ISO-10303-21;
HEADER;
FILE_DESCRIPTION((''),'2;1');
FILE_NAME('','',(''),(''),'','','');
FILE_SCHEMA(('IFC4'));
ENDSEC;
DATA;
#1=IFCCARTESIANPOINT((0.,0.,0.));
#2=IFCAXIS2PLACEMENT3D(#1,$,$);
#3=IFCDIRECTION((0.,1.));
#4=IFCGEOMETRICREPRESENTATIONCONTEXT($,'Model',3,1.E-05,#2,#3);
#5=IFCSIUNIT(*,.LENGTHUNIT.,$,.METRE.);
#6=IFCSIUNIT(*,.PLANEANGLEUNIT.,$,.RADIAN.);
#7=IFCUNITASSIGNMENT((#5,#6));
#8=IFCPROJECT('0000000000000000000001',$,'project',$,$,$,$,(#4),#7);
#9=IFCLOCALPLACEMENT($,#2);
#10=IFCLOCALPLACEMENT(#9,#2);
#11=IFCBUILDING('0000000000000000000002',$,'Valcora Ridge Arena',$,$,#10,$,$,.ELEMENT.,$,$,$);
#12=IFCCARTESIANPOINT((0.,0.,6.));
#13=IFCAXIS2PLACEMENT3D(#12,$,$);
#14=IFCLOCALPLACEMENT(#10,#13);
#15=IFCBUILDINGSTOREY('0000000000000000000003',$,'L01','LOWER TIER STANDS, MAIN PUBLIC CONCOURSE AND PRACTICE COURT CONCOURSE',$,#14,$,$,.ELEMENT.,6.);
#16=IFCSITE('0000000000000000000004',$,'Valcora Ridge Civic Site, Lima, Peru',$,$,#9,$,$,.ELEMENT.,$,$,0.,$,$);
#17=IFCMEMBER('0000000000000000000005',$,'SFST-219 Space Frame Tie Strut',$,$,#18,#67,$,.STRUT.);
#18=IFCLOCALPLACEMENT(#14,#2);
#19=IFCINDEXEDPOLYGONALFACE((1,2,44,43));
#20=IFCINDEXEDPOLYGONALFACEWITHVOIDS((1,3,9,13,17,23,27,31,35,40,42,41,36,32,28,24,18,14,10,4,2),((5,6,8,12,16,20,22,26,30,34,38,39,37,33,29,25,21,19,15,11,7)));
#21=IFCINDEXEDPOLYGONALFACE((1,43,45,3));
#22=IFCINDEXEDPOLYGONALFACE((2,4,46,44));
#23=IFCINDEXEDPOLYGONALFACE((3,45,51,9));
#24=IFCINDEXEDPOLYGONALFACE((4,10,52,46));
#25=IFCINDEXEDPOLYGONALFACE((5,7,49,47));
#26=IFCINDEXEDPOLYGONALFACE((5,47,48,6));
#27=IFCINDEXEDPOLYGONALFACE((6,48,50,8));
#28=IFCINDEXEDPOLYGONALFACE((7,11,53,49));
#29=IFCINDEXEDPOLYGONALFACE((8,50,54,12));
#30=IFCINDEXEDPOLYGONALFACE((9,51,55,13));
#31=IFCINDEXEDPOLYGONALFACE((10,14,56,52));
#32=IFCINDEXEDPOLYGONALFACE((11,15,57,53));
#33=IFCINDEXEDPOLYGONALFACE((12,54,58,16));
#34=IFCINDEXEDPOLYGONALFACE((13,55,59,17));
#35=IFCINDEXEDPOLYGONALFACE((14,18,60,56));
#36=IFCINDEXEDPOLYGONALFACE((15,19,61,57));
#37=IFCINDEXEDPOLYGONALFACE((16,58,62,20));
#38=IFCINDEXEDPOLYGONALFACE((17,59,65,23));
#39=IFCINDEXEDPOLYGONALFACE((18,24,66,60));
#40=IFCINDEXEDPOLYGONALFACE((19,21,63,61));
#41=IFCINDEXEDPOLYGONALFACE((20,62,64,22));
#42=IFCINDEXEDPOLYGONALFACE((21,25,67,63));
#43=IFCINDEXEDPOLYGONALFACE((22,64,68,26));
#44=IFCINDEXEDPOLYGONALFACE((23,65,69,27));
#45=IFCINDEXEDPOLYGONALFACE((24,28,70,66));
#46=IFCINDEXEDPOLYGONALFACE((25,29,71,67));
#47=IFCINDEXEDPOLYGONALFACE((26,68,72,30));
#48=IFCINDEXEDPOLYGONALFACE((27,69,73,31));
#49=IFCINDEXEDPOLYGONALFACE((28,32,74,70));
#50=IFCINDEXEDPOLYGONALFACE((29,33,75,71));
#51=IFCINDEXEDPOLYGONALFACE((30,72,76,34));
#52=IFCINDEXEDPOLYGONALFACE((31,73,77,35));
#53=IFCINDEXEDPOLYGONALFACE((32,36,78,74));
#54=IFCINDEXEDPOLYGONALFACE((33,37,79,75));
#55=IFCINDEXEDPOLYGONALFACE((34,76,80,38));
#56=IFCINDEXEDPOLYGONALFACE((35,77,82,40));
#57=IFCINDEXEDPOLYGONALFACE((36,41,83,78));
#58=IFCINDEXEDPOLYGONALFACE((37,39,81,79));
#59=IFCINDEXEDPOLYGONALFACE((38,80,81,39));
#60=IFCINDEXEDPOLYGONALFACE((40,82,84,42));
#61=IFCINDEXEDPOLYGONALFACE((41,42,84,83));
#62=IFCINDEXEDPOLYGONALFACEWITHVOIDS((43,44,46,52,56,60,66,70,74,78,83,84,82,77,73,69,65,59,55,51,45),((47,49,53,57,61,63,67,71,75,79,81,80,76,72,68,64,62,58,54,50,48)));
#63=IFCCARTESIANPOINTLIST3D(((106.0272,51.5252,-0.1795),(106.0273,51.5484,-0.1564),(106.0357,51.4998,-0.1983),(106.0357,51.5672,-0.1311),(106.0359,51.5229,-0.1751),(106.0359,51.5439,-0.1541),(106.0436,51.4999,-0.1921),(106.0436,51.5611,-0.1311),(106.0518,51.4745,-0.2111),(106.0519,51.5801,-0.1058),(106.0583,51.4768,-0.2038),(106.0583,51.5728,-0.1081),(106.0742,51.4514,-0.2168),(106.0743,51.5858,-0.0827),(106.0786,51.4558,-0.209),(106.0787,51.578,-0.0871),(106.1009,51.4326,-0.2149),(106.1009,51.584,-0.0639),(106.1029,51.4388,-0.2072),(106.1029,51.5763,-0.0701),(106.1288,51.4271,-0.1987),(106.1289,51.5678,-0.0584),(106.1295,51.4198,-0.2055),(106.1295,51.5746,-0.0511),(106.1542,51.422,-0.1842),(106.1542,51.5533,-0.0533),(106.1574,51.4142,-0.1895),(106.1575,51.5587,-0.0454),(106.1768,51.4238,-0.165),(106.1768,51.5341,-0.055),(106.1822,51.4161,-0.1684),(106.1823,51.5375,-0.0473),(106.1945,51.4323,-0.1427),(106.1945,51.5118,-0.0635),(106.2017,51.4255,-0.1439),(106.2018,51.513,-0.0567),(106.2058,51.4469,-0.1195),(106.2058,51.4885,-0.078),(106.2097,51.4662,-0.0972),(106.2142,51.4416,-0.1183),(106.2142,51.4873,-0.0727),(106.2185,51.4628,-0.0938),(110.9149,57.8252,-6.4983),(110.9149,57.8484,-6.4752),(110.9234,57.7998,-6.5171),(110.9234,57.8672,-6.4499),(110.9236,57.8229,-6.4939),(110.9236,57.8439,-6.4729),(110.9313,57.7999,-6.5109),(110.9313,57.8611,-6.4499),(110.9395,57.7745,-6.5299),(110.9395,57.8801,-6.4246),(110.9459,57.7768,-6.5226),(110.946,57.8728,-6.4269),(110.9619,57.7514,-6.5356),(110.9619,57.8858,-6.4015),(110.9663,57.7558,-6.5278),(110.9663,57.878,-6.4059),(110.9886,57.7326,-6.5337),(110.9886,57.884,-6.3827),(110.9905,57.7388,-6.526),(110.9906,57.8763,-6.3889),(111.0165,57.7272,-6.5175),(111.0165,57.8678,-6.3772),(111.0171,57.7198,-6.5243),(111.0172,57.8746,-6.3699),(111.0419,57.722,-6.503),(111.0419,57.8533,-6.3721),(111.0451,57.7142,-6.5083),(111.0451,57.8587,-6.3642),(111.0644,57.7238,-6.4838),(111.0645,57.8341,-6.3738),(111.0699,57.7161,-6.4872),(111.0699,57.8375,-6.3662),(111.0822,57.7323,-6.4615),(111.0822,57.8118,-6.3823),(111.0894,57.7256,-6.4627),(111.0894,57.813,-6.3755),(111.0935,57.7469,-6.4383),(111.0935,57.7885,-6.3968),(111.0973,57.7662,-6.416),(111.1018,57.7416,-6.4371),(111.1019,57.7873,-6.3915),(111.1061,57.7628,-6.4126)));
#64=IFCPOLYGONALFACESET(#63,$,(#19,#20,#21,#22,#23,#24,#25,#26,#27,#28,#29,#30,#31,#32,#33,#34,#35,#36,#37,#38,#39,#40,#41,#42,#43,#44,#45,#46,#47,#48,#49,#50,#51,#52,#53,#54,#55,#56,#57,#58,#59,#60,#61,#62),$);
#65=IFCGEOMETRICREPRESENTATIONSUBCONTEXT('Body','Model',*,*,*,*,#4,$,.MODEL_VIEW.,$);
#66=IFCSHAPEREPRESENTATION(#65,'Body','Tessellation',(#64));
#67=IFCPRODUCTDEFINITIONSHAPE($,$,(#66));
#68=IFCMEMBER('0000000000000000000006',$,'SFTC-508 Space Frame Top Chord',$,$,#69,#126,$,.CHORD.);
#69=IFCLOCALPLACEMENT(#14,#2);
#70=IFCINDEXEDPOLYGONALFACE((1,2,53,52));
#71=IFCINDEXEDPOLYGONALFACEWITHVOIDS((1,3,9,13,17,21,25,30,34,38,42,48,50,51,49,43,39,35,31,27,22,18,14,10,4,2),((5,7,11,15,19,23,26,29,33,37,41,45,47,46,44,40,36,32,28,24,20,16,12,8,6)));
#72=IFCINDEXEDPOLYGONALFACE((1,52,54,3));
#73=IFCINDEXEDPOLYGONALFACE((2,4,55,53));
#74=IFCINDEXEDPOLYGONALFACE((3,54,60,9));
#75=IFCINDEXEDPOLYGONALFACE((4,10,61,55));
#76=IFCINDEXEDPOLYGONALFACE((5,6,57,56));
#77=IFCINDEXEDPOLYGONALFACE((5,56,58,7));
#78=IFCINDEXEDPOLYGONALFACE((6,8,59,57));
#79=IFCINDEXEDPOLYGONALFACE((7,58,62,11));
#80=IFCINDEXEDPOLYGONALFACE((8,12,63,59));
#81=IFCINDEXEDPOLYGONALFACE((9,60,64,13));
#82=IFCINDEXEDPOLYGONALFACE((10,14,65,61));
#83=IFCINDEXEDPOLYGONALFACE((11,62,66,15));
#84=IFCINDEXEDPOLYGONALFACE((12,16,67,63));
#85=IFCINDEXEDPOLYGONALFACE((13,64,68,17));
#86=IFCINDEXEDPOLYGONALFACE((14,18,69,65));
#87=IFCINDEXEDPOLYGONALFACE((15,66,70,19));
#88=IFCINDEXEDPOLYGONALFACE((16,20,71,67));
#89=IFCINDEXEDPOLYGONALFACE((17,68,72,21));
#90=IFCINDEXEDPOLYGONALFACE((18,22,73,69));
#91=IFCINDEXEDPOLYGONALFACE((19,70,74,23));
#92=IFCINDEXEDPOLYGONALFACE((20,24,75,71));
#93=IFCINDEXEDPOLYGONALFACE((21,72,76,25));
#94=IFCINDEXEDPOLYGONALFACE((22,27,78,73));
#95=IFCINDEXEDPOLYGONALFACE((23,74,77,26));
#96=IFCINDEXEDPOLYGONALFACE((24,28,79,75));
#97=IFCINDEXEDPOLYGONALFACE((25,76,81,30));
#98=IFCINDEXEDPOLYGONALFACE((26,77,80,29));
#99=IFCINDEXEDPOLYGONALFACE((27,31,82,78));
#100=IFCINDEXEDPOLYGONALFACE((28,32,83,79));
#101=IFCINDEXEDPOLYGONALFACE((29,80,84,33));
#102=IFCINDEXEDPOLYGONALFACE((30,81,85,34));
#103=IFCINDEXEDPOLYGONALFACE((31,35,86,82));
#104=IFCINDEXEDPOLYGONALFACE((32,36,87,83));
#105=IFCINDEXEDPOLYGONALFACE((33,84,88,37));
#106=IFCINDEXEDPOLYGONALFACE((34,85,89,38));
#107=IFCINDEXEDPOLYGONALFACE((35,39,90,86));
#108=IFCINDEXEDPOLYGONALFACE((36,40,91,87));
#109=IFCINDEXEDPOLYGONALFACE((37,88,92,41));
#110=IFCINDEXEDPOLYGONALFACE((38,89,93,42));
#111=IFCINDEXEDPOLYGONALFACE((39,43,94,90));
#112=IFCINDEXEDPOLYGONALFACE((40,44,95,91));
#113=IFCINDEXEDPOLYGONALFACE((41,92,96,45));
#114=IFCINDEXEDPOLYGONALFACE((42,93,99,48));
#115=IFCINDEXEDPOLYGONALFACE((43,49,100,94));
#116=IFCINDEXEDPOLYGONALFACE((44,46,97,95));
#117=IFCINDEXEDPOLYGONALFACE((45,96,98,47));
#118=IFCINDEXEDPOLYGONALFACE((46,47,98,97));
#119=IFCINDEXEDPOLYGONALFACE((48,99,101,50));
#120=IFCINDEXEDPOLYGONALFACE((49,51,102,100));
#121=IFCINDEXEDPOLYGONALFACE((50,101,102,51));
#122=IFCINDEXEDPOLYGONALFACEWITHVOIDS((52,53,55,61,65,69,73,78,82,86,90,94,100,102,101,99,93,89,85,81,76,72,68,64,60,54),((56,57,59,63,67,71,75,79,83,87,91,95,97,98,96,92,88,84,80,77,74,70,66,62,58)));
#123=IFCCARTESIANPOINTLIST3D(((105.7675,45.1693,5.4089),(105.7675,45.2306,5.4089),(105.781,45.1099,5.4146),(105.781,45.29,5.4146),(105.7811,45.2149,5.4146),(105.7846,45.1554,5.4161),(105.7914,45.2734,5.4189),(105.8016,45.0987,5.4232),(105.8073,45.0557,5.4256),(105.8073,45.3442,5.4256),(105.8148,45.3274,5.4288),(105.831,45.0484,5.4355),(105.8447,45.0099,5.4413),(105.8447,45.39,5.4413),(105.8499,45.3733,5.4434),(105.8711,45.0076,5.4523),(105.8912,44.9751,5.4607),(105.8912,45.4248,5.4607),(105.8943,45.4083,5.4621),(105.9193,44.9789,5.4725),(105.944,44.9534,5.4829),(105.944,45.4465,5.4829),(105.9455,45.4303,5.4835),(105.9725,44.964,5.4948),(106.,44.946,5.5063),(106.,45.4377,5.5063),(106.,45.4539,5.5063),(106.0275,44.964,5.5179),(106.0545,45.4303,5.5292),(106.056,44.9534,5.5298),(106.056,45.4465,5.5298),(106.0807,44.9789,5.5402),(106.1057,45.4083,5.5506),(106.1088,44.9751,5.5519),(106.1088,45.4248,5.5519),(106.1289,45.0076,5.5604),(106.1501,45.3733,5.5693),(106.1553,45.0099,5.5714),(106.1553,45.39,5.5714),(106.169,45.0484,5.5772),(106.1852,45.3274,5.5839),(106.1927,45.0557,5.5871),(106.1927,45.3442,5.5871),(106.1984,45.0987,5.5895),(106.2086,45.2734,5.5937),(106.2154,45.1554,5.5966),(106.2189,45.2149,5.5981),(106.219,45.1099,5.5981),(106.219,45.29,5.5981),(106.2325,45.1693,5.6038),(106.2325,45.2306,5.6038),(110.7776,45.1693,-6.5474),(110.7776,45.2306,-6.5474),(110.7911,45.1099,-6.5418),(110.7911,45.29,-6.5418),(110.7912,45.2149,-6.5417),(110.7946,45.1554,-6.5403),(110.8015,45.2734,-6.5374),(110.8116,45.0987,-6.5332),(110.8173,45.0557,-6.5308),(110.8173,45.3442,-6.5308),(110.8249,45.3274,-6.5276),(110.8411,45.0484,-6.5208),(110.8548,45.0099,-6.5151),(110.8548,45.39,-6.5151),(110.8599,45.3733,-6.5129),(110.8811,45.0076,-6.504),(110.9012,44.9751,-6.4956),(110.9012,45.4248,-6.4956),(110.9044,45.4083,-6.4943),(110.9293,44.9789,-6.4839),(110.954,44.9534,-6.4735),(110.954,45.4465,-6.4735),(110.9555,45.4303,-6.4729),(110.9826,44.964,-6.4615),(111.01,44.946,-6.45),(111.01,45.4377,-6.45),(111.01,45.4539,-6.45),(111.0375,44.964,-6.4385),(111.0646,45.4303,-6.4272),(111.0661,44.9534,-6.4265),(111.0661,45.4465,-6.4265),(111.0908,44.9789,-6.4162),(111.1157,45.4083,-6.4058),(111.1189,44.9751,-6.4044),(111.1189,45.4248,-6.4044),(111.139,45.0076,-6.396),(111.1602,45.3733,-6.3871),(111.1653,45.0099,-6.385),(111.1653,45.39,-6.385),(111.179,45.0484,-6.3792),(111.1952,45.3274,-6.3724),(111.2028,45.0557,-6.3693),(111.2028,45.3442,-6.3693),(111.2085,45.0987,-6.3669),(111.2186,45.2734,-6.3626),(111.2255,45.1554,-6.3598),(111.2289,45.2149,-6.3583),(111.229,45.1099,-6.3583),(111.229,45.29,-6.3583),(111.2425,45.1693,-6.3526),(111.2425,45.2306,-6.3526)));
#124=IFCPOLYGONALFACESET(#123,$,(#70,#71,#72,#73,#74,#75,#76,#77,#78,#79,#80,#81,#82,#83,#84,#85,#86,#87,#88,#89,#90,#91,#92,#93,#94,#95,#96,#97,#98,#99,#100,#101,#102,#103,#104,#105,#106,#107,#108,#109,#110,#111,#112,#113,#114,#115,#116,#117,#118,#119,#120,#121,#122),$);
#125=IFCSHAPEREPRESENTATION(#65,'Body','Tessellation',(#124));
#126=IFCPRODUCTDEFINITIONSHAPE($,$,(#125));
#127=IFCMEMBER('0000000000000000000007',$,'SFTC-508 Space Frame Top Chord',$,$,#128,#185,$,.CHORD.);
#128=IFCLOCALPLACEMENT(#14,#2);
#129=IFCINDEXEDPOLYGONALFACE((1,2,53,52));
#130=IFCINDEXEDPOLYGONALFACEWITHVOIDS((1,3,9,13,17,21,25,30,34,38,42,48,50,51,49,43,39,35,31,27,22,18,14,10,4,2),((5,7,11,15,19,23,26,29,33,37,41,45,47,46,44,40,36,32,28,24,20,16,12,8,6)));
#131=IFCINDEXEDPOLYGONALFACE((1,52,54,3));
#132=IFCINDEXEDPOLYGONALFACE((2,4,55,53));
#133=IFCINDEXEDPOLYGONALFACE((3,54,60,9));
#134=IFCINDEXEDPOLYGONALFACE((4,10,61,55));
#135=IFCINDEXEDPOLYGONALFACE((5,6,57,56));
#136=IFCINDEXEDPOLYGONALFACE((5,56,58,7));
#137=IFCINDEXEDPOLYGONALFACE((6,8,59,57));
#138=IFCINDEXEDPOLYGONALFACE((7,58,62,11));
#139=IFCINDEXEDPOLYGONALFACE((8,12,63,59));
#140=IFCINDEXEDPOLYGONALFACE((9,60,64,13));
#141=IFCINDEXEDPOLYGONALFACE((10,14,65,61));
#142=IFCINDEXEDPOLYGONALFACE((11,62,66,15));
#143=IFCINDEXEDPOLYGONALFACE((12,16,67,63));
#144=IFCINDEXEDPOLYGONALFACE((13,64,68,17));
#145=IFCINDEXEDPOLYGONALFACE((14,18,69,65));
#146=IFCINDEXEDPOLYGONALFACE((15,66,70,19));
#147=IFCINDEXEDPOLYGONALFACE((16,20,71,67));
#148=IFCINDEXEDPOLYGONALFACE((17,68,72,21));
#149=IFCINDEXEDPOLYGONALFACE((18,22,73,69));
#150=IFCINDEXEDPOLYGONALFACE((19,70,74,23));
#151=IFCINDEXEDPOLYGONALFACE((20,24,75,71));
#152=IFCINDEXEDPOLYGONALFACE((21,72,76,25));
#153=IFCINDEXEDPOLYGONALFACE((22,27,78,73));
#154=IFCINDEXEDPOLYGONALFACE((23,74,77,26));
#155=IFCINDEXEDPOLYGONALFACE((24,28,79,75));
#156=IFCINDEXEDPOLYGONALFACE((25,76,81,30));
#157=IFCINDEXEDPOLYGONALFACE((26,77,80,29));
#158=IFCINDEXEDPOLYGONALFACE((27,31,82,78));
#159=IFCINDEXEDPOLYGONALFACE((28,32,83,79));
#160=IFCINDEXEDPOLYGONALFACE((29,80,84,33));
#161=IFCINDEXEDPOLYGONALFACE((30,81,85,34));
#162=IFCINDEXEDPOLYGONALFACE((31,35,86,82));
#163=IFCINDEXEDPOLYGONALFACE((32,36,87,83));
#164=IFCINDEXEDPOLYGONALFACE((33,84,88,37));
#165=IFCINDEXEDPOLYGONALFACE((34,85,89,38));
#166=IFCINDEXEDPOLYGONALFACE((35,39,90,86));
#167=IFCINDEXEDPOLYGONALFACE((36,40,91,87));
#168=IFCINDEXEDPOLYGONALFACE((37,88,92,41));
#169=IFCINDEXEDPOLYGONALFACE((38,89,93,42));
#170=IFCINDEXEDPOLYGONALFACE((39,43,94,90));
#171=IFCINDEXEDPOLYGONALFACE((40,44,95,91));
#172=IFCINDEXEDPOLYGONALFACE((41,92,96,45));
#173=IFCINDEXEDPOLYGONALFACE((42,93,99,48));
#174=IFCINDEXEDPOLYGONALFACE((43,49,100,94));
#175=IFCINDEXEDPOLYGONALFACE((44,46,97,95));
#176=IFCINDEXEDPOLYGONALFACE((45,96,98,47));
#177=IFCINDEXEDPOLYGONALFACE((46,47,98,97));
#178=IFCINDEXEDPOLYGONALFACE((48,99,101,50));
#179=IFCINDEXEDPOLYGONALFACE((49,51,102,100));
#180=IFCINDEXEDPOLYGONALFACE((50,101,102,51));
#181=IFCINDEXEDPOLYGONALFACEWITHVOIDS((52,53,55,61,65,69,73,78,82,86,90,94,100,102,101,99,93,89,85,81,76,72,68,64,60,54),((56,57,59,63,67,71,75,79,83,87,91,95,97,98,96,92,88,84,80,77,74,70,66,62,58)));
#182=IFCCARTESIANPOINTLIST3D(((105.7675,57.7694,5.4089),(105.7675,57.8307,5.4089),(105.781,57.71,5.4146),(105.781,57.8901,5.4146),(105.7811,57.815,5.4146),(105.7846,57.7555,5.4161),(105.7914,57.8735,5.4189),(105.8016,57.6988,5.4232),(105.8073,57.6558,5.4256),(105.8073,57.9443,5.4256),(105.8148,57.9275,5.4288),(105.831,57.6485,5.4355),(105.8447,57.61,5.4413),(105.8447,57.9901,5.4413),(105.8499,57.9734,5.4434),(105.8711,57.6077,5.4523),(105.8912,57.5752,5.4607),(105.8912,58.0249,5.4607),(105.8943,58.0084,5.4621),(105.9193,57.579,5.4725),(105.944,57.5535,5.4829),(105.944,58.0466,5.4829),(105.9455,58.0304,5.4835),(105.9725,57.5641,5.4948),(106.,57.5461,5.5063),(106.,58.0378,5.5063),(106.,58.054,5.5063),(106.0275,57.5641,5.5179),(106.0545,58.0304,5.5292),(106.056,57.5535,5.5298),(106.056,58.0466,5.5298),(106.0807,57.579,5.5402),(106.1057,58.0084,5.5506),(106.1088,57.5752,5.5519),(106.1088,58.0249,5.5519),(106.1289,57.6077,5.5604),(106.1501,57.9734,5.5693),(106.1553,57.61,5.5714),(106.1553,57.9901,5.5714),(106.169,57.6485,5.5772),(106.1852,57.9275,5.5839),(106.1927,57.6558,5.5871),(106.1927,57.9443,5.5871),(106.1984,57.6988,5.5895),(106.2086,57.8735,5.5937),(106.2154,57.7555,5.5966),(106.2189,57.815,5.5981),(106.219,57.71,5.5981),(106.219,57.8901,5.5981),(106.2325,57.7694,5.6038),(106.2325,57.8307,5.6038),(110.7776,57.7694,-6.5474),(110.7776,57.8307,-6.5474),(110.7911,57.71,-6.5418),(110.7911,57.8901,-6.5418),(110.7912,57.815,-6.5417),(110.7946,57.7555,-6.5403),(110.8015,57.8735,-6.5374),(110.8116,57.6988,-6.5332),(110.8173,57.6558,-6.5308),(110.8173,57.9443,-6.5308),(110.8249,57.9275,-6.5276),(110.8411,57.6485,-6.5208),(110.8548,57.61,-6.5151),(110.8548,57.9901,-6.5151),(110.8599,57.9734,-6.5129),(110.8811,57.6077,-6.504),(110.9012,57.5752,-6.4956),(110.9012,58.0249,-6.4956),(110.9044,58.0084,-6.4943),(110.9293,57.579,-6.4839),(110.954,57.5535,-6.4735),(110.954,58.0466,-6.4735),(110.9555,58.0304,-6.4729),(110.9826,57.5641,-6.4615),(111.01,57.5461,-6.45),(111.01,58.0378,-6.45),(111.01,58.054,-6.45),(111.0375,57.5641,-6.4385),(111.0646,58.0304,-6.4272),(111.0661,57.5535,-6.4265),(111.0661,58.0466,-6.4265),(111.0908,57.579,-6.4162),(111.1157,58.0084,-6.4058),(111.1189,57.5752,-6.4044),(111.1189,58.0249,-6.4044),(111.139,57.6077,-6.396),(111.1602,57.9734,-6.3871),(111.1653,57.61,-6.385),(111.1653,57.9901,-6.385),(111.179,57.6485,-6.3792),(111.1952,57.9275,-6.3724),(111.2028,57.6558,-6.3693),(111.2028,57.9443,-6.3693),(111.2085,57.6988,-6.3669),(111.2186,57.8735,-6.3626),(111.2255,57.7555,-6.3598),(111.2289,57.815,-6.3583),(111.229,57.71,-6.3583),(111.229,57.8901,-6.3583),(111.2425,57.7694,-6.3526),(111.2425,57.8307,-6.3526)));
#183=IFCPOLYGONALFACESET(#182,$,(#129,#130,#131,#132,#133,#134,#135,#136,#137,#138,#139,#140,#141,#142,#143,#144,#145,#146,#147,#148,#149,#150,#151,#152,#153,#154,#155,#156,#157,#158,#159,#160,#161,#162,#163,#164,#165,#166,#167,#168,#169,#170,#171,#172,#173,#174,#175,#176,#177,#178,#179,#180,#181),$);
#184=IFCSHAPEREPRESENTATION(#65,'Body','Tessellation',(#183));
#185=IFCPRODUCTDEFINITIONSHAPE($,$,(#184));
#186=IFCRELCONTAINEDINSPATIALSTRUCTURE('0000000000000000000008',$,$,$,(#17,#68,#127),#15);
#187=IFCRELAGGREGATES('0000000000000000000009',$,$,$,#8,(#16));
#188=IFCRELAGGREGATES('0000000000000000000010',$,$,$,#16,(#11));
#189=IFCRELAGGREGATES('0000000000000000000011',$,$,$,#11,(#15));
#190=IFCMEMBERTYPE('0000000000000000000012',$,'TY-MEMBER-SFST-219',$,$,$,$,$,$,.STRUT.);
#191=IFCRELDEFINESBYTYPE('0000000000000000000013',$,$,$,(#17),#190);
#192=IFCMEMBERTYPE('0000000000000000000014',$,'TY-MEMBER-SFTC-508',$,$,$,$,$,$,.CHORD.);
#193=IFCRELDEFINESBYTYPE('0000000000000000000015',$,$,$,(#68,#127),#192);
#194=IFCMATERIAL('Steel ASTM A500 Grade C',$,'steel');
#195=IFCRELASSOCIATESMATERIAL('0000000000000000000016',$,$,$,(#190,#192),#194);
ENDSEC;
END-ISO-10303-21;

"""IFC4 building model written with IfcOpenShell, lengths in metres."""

from ifc_helpers import new_model, si_unit, direction, frame, origin, origin_2d, place, context, subcontext, project, spatial, hollow_circle, extrude, material, material_profile, profile_set, type_object, element, save


model = new_model("IFC4")

# Units and contexts
model_context = context("Model", 3, precision=1e-05, world=origin(), true_north=direction((0.0, 1.0)))
body_context = subcontext(model_context, "Body", "Model", "MODEL_VIEW")
ifc_project = project(units=[si_unit("LENGTHUNIT", "METRE"), si_unit("PLANEANGLEUNIT", "RADIAN")], contexts=[model_context])

# Site, building, storey
site_placement = place(None, origin())
site = spatial("IfcSite", under=ifc_project, at=site_placement, Name="Valcora Ridge Civic Site, Lima, Peru", CompositionType="ELEMENT", RefElevation=0.0)
building_placement = place(site_placement, origin())
building = spatial("IfcBuilding", under=site, at=building_placement, Name="Valcora Ridge Arena", CompositionType="ELEMENT")
storey_placement = place(building_placement, frame((0.0, 0.0, 6.0)))
storey = spatial("IfcBuildingStorey", under=building, at=storey_placement, Name="L01", Description="LOWER TIER STANDS, MAIN PUBLIC CONCOURSE AND PRACTICE COURT CONCOURSE", CompositionType="ELEMENT", Elevation=6.0)

# Members
ifc_material_1 = material(Name="Steel ASTM A500 Grade C", Category="steel")
ifc_material_profile_1 = material_profile(ifc_material_1, hollow_circle(Radius=0.1096, WallThickness=0.01, at=origin_2d()), Name="CHS219X10")
ifc_profile_set_1 = profile_set([ifc_material_profile_1], Name="Steel ASTM A500 Grade C")
member_type_1 = type_object("IfcMemberType", Name="TY-MEMBER-SFST-219", PredefinedType="STRUT", material=ifc_profile_set_1)
member_1_placement = place(storey_placement, frame((106.1223, 51.5, -0.1311), z_axis=(0.480416, 0.619237, -0.621085), x_axis=(-0.790102, 0.612976, 0.0)))
element("IfcMember", 1, at=member_1_placement, inside=storey, type_object=member_type_1, Name="SFST-219 Space Frame Tie Strut", PredefinedType="STRUT", context=body_context, shape_type="SweptSolid", body=[
    extrude(hollow_circle(Radius=0.1096, WallThickness=0.01, at=origin_2d()), origin(), (0.0, 0.0, 1.0), 10.1738),
])
ifc_material_profile_2 = material_profile(ifc_material_1, hollow_circle(Radius=0.2539, WallThickness=0.0161, at=origin_2d()), Name="CHS508X16")
ifc_profile_set_2 = profile_set([ifc_material_profile_2], Name="Steel ASTM A500 Grade C")
member_type_2 = type_object("IfcMemberType", Name="TY-MEMBER-SFTC-508", PredefinedType="CHORD", material=ifc_profile_set_2)
for number, where, z_axis, x_axis, name in (
    (2, (106.0, 45.2, 5.5063), (0.386469, 0.0, -0.922302), (0.0, 1.0, 0.0), "SFTC-508 Space Frame Top Chord"),
    (3, (106.0, 57.8, 5.5063), (0.386469, 0.0, -0.922302), (0.0, 1.0, 0.0), "SFTC-508 Space Frame Top Chord"),
):
    element("IfcMember", number, at=place(storey_placement, frame(where, z_axis=z_axis, x_axis=x_axis)), inside=storey, type_object=member_type_2, Name=name, PredefinedType="CHORD", context=body_context, shape_type="SweptSolid", body=[
        extrude(hollow_circle(Radius=0.2539, WallThickness=0.0161, at=origin_2d()), origin(), (0.0, 0.0, 1.0), 12.9636),
    ])

save(model, "model.ifc")
